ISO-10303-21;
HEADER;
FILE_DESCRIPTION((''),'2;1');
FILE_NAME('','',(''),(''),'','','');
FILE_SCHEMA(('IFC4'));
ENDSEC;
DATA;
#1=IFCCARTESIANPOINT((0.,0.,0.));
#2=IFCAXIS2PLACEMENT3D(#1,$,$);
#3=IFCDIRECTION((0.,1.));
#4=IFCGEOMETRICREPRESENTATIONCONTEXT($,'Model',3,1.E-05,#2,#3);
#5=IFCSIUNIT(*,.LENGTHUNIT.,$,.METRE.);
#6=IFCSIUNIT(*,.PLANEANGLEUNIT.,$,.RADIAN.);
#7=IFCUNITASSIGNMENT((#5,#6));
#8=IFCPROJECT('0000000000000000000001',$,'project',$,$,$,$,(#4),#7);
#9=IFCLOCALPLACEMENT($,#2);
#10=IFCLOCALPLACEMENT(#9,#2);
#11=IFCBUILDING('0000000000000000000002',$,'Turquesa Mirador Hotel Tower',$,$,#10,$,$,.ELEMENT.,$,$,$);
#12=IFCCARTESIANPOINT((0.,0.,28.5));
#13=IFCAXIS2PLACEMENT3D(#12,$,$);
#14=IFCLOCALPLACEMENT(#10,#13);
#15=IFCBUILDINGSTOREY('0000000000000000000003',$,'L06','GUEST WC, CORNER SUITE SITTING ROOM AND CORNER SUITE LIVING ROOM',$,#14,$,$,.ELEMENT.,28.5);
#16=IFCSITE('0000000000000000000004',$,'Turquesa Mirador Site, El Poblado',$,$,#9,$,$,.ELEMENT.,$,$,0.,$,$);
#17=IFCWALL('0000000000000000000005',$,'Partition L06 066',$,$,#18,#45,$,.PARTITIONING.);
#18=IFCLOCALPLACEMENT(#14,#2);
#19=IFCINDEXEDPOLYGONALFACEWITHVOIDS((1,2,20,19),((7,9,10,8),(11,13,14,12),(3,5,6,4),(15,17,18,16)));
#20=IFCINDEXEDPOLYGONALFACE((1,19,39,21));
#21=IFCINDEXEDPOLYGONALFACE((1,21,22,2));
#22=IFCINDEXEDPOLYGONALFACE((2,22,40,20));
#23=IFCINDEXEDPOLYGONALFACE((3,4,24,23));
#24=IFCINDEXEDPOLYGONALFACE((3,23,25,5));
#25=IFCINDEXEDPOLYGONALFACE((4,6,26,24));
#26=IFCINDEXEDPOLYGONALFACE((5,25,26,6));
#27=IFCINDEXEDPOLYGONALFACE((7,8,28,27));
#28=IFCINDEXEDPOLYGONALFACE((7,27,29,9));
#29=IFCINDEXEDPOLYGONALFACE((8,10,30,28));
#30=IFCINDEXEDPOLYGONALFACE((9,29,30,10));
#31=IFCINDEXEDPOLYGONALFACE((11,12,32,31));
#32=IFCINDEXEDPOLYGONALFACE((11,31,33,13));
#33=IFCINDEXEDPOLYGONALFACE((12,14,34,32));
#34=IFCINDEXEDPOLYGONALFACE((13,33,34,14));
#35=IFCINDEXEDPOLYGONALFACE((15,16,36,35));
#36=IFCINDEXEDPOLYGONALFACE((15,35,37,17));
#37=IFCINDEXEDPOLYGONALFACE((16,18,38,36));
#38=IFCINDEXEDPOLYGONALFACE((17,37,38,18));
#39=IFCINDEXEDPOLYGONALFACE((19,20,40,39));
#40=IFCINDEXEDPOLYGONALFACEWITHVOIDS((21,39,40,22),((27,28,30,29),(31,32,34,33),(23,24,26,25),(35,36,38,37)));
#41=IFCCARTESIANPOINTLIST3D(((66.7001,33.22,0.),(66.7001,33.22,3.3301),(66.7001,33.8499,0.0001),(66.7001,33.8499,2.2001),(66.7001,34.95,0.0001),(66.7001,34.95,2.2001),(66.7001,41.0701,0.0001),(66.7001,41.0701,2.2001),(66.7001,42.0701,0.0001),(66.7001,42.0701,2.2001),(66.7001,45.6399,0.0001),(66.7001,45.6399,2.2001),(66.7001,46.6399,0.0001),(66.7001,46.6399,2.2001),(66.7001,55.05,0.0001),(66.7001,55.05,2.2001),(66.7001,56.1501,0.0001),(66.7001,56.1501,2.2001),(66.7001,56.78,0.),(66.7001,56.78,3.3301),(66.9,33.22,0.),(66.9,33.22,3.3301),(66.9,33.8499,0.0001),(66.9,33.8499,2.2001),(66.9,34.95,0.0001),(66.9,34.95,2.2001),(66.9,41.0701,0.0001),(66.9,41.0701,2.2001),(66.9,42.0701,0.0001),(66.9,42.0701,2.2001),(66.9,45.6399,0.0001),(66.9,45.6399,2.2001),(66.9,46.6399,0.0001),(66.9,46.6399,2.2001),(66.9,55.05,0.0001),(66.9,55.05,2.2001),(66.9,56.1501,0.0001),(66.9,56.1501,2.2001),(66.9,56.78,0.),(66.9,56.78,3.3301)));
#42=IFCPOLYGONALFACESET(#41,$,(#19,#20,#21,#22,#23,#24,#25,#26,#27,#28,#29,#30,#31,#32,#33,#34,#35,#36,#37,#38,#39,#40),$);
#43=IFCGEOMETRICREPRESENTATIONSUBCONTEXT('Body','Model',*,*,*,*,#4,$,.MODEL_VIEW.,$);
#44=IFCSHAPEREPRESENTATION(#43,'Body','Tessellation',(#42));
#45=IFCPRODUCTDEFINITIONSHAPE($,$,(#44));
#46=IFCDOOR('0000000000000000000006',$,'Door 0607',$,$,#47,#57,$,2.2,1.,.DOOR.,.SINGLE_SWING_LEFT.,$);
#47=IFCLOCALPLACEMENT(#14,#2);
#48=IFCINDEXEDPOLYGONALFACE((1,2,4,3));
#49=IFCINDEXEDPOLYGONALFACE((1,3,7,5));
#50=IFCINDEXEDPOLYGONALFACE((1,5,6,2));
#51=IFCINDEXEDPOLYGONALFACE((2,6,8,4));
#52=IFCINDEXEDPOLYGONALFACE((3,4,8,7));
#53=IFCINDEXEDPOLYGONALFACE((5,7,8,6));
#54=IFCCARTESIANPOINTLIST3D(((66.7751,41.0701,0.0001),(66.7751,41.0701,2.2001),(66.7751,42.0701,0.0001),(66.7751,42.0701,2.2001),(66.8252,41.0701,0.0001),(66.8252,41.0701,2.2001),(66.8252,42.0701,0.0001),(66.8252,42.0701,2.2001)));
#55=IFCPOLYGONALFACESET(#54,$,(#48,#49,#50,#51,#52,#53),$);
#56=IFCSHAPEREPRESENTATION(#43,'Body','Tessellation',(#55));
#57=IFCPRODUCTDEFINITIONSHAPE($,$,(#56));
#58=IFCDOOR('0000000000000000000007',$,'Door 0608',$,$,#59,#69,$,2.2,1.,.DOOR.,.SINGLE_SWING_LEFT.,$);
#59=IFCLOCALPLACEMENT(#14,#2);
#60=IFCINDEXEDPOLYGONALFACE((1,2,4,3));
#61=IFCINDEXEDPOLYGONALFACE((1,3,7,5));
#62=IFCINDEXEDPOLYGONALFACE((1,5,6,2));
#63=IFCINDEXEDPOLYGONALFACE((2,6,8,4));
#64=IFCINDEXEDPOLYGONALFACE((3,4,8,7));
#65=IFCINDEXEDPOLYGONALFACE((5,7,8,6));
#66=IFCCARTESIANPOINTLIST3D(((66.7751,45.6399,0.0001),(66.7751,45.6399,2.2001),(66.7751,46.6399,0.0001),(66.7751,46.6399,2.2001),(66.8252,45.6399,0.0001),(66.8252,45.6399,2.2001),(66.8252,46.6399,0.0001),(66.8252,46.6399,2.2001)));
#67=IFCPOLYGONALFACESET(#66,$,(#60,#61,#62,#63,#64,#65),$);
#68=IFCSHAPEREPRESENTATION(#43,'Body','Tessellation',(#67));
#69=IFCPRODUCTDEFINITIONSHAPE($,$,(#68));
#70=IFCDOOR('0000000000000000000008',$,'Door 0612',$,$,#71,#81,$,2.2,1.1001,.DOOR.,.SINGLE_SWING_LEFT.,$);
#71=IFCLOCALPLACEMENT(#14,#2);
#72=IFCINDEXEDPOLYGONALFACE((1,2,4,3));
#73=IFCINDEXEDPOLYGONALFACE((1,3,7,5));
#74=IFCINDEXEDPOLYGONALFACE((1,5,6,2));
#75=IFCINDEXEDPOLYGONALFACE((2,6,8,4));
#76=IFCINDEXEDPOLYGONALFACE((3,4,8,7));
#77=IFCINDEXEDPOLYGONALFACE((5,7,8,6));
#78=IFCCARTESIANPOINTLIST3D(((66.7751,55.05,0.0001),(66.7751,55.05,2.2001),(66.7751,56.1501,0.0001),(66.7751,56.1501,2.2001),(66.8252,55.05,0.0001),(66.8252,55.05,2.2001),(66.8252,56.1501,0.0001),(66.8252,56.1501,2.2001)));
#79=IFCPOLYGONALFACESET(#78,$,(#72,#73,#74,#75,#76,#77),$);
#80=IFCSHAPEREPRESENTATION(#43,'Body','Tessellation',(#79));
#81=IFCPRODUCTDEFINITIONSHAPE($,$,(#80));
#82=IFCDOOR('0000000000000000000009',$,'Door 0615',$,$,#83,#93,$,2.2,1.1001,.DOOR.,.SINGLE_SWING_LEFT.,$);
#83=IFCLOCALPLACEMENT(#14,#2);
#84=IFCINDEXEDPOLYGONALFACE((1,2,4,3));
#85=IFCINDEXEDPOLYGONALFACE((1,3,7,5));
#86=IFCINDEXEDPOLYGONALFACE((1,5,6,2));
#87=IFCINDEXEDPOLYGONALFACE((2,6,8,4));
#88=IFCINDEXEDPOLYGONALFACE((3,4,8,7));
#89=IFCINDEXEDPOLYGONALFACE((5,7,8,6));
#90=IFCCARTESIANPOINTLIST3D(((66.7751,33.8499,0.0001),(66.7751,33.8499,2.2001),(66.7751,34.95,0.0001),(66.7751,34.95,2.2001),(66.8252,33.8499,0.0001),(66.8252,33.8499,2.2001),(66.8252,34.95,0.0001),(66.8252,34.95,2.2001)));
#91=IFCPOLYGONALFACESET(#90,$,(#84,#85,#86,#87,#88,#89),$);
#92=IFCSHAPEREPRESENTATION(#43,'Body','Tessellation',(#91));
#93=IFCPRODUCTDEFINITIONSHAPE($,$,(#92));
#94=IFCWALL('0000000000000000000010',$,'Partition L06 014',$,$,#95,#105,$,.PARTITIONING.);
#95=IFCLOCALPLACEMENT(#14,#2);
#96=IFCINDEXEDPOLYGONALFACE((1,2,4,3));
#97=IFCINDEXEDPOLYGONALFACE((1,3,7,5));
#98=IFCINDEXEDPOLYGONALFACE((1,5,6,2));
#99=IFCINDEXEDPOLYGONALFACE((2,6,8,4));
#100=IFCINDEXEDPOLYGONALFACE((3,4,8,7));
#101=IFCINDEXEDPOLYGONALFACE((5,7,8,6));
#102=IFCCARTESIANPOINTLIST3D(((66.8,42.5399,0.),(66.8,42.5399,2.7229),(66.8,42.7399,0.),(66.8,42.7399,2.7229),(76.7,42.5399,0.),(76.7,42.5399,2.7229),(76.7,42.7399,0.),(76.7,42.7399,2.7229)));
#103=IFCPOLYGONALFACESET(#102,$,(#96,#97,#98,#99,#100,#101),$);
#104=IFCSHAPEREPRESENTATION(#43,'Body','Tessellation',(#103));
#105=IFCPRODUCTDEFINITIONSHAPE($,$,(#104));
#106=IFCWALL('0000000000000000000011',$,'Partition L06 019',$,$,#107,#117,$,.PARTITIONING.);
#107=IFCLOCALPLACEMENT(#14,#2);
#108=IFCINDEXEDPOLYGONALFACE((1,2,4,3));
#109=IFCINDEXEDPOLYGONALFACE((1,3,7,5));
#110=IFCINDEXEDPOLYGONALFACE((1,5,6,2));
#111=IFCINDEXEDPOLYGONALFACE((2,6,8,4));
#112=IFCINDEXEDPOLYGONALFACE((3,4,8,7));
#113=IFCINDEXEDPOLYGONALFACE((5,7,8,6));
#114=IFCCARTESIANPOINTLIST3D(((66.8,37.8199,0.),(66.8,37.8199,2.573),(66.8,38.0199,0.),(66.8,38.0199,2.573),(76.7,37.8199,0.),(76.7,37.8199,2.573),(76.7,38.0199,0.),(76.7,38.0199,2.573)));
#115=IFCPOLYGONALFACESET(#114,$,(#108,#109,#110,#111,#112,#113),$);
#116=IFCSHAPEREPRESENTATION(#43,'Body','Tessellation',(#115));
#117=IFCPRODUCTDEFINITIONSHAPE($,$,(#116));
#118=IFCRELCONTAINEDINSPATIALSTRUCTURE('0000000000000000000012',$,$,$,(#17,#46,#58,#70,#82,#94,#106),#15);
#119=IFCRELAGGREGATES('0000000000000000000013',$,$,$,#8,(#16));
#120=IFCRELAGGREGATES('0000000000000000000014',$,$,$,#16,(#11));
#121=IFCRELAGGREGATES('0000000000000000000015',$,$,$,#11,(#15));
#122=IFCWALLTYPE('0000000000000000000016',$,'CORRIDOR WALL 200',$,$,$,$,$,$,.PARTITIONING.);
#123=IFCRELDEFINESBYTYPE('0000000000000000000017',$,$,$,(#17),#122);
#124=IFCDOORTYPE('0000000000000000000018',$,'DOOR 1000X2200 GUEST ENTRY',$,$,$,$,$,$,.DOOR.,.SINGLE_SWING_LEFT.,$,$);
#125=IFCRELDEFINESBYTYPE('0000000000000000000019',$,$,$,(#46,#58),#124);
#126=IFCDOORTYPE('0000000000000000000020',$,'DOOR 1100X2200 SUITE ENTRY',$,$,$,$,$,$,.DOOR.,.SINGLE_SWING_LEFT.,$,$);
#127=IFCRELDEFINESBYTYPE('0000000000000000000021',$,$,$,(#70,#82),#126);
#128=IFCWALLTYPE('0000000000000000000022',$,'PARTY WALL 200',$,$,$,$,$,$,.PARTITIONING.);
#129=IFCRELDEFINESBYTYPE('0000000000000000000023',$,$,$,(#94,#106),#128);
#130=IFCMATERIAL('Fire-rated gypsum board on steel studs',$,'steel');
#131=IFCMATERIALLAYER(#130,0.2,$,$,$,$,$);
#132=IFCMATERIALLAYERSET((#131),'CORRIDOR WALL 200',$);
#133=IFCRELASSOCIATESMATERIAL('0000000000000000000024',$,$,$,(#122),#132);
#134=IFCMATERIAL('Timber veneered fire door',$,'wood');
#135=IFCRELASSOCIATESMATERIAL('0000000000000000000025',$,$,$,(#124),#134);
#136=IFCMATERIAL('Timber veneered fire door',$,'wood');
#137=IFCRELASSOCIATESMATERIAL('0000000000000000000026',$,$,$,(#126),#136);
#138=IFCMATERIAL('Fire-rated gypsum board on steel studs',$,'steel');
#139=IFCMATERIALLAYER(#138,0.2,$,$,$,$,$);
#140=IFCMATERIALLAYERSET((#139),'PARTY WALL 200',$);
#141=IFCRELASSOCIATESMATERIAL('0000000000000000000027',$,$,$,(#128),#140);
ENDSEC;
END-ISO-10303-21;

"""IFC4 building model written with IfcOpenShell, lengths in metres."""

from ifc_helpers import new_model, si_unit, direction, frame, frame_2d, origin, place, context, subcontext, project, spatial, rectangle, extrude, material, layer, layer_set, type_object, element, fill, save


model = new_model("IFC4")

# Units and contexts
model_context = context("Model", 3, precision=1e-05, world=origin(), true_north=direction((0.0, 1.0)))
body_context = subcontext(model_context, "Body", "Model", "MODEL_VIEW")
ifc_project = project(units=[si_unit("LENGTHUNIT", "METRE"), si_unit("PLANEANGLEUNIT", "RADIAN")], contexts=[model_context])

# Site, building, storey
site_placement = place(None, origin())
site = spatial("IfcSite", under=ifc_project, at=site_placement, Name="Turquesa Mirador Site, El Poblado", CompositionType="ELEMENT", RefElevation=0.0)
building_placement = place(site_placement, origin())
building = spatial("IfcBuilding", under=site, at=building_placement, Name="Turquesa Mirador Hotel Tower", CompositionType="ELEMENT")
storey_placement = place(building_placement, frame((0.0, 0.0, 28.5)))
storey = spatial("IfcBuildingStorey", under=building, at=storey_placement, Name="L06", Description="GUEST WC, CORNER SUITE SITTING ROOM AND CORNER SUITE LIVING ROOM", CompositionType="ELEMENT", Elevation=28.5)

# Wall, openings, doors
ifc_material_1 = material(Name="Fire-rated gypsum board on steel studs", Category="steel")
ifc_layer_1 = layer(ifc_material_1, 0.2)
ifc_layer_set_1 = layer_set([ifc_layer_1], Name="CORRIDOR WALL 200")
wall_type_1 = type_object("IfcWallType", Name="CORRIDOR WALL 200", PredefinedType="PARTITIONING", material=ifc_layer_set_1)
wall_1_placement = place(storey_placement, frame((66.8, 33.22, 0.0), z_axis=(0.0, 0.0, 1.0), x_axis=(0.0, 1.0, 0.0)))
wall_1 = element("IfcWall", 1, at=wall_1_placement, inside=storey, type_object=wall_type_1, Name="Partition L06 066", PredefinedType="PARTITIONING", context=body_context, shape_type="SweptSolid", body=[
    extrude(rectangle(XDim=23.5601, YDim=0.2, at=frame_2d((11.78, 0.0))), origin(), (0.0, 0.0, 1.0), 3.3301),
])
opening_1_placement = place(wall_1_placement, frame((7.8501, 0.0, 0.0)))
opening_1 = element("IfcOpeningElement", 2, at=opening_1_placement, cuts=wall_1, PredefinedType="OPENING", context=body_context, shape_type="SweptSolid", body=[
    extrude(rectangle(XDim=1.0, YDim=2.2, at=frame_2d((0.5, 1.1001))), frame((0.0, 0.1099, 0.0), z_axis=(0.0, -1.0, 0.0), x_axis=(1.0, 0.0, 0.0)), (0.0, 0.0, 1.0), 0.22),
])
opening_2_placement = place(wall_1_placement, frame((12.4199, 0.0, 0.0)))
opening_2 = element("IfcOpeningElement", 3, at=opening_2_placement, cuts=wall_1, PredefinedType="OPENING", context=body_context, shape_type="SweptSolid", body=[
    extrude(rectangle(XDim=1.0, YDim=2.2, at=frame_2d((0.5, 1.1001))), frame((0.0, 0.1099, 0.0), z_axis=(0.0, -1.0, 0.0), x_axis=(1.0, 0.0, 0.0)), (0.0, 0.0, 1.0), 0.22),
])
opening_3_placement = place(wall_1_placement, frame((21.8301, 0.0, 0.0)))
opening_3 = element("IfcOpeningElement", 4, at=opening_3_placement, cuts=wall_1, PredefinedType="OPENING", context=body_context, shape_type="SweptSolid", body=[
    extrude(rectangle(XDim=1.1001, YDim=2.2, at=frame_2d((0.55, 1.1001))), frame((0.0, 0.1099, 0.0), z_axis=(0.0, -1.0, 0.0), x_axis=(1.0, 0.0, 0.0)), (0.0, 0.0, 1.0), 0.22),
])
opening_4_placement = place(wall_1_placement, frame((0.6299, 0.0, 0.0)))
opening_4 = element("IfcOpeningElement", 5, at=opening_4_placement, cuts=wall_1, PredefinedType="OPENING", context=body_context, shape_type="SweptSolid", body=[
    extrude(rectangle(XDim=1.1001, YDim=2.2, at=frame_2d((0.55, 1.1001))), frame((0.0, 0.1099, 0.0), z_axis=(0.0, -1.0, 0.0), x_axis=(1.0, 0.0, 0.0)), (0.0, 0.0, 1.0), 0.22),
])
ifc_material_2 = material(Name="Timber veneered fire door", Category="wood")
door_type_1 = type_object("IfcDoorType", Name="DOOR 1000X2200 GUEST ENTRY", OperationType="SINGLE_SWING_LEFT", PredefinedType="DOOR", material=ifc_material_2)
door_1_placement = place(opening_1_placement, origin())
door_1 = element("IfcDoor", 6, at=door_1_placement, inside=storey, type_object=door_type_1, Name="Door 0607", OperationType="SINGLE_SWING_LEFT", OverallHeight=2.2, OverallWidth=1.0, PredefinedType="DOOR", context=body_context, shape_type="SweptSolid", body=[
    extrude(rectangle(XDim=1.0, YDim=2.2, at=frame_2d((0.5, 1.1001))), frame((0.0, 0.0249, 0.0), z_axis=(0.0, -1.0, 0.0), x_axis=(1.0, 0.0, 0.0)), (0.0, 0.0, 1.0), 0.05),
])
fill(opening_1, door_1)
door_2_placement = place(opening_2_placement, origin())
door_2 = element("IfcDoor", 7, at=door_2_placement, inside=storey, type_object=door_type_1, Name="Door 0608", OperationType="SINGLE_SWING_LEFT", OverallHeight=2.2, OverallWidth=1.0, PredefinedType="DOOR", context=body_context, shape_type="SweptSolid", body=[
    extrude(rectangle(XDim=1.0, YDim=2.2, at=frame_2d((0.5, 1.1001))), frame((0.0, 0.0249, 0.0), z_axis=(0.0, -1.0, 0.0), x_axis=(1.0, 0.0, 0.0)), (0.0, 0.0, 1.0), 0.05),
])
fill(opening_2, door_2)
ifc_material_3 = material(Name="Timber veneered fire door", Category="wood")
door_type_2 = type_object("IfcDoorType", Name="DOOR 1100X2200 SUITE ENTRY", OperationType="SINGLE_SWING_LEFT", PredefinedType="DOOR", material=ifc_material_3)
door_3_placement = place(opening_3_placement, origin())
door_3 = element("IfcDoor", 8, at=door_3_placement, inside=storey, type_object=door_type_2, Name="Door 0612", OperationType="SINGLE_SWING_LEFT", OverallHeight=2.2, OverallWidth=1.1001, PredefinedType="DOOR", context=body_context, shape_type="SweptSolid", body=[
    extrude(rectangle(XDim=1.1001, YDim=2.2, at=frame_2d((0.55, 1.1001))), frame((0.0, 0.0249, 0.0), z_axis=(0.0, -1.0, 0.0), x_axis=(1.0, 0.0, 0.0)), (0.0, 0.0, 1.0), 0.05),
])
fill(opening_3, door_3)
door_4_placement = place(opening_4_placement, origin())
door_4 = element("IfcDoor", 9, at=door_4_placement, inside=storey, type_object=door_type_2, Name="Door 0615", OperationType="SINGLE_SWING_LEFT", OverallHeight=2.2, OverallWidth=1.1001, PredefinedType="DOOR", context=body_context, shape_type="SweptSolid", body=[
    extrude(rectangle(XDim=1.1001, YDim=2.2, at=frame_2d((0.55, 1.1001))), frame((0.0, 0.0249, 0.0), z_axis=(0.0, -1.0, 0.0), x_axis=(1.0, 0.0, 0.0)), (0.0, 0.0, 1.0), 0.05),
])
fill(opening_4, door_4)

# Walls
ifc_material_4 = material(Name="Fire-rated gypsum board on steel studs", Category="steel")
ifc_layer_2 = layer(ifc_material_4, 0.2)
ifc_layer_set_2 = layer_set([ifc_layer_2], Name="PARTY WALL 200")
wall_type_2 = type_object("IfcWallType", Name="PARTY WALL 200", PredefinedType="PARTITIONING", material=ifc_layer_set_2)
wall_2_placement = place(storey_placement, frame((66.8, 42.6399, 0.0), z_axis=(0.0, 0.0, 1.0), x_axis=(1.0, 0.0, 0.0)))
element("IfcWall", 10, at=wall_2_placement, inside=storey, type_object=wall_type_2, Name="Partition L06 014", PredefinedType="PARTITIONING", context=body_context, shape_type="SweptSolid", body=[
    extrude(rectangle(XDim=9.8999, YDim=0.2, at=frame_2d((4.95, 0.0))), origin(), (0.0, 0.0, 1.0), 2.7229),
])
wall_3_placement = place(storey_placement, frame((66.8, 37.9199, 0.0), z_axis=(0.0, 0.0, 1.0), x_axis=(1.0, 0.0, 0.0)))
element("IfcWall", 11, at=wall_3_placement, inside=storey, type_object=wall_type_2, Name="Partition L06 019", PredefinedType="PARTITIONING", context=body_context, shape_type="SweptSolid", body=[
    extrude(rectangle(XDim=9.8999, YDim=0.2, at=frame_2d((4.95, 0.0))), origin(), (0.0, 0.0, 1.0), 2.573),
])

save(model, "model.ifc")
